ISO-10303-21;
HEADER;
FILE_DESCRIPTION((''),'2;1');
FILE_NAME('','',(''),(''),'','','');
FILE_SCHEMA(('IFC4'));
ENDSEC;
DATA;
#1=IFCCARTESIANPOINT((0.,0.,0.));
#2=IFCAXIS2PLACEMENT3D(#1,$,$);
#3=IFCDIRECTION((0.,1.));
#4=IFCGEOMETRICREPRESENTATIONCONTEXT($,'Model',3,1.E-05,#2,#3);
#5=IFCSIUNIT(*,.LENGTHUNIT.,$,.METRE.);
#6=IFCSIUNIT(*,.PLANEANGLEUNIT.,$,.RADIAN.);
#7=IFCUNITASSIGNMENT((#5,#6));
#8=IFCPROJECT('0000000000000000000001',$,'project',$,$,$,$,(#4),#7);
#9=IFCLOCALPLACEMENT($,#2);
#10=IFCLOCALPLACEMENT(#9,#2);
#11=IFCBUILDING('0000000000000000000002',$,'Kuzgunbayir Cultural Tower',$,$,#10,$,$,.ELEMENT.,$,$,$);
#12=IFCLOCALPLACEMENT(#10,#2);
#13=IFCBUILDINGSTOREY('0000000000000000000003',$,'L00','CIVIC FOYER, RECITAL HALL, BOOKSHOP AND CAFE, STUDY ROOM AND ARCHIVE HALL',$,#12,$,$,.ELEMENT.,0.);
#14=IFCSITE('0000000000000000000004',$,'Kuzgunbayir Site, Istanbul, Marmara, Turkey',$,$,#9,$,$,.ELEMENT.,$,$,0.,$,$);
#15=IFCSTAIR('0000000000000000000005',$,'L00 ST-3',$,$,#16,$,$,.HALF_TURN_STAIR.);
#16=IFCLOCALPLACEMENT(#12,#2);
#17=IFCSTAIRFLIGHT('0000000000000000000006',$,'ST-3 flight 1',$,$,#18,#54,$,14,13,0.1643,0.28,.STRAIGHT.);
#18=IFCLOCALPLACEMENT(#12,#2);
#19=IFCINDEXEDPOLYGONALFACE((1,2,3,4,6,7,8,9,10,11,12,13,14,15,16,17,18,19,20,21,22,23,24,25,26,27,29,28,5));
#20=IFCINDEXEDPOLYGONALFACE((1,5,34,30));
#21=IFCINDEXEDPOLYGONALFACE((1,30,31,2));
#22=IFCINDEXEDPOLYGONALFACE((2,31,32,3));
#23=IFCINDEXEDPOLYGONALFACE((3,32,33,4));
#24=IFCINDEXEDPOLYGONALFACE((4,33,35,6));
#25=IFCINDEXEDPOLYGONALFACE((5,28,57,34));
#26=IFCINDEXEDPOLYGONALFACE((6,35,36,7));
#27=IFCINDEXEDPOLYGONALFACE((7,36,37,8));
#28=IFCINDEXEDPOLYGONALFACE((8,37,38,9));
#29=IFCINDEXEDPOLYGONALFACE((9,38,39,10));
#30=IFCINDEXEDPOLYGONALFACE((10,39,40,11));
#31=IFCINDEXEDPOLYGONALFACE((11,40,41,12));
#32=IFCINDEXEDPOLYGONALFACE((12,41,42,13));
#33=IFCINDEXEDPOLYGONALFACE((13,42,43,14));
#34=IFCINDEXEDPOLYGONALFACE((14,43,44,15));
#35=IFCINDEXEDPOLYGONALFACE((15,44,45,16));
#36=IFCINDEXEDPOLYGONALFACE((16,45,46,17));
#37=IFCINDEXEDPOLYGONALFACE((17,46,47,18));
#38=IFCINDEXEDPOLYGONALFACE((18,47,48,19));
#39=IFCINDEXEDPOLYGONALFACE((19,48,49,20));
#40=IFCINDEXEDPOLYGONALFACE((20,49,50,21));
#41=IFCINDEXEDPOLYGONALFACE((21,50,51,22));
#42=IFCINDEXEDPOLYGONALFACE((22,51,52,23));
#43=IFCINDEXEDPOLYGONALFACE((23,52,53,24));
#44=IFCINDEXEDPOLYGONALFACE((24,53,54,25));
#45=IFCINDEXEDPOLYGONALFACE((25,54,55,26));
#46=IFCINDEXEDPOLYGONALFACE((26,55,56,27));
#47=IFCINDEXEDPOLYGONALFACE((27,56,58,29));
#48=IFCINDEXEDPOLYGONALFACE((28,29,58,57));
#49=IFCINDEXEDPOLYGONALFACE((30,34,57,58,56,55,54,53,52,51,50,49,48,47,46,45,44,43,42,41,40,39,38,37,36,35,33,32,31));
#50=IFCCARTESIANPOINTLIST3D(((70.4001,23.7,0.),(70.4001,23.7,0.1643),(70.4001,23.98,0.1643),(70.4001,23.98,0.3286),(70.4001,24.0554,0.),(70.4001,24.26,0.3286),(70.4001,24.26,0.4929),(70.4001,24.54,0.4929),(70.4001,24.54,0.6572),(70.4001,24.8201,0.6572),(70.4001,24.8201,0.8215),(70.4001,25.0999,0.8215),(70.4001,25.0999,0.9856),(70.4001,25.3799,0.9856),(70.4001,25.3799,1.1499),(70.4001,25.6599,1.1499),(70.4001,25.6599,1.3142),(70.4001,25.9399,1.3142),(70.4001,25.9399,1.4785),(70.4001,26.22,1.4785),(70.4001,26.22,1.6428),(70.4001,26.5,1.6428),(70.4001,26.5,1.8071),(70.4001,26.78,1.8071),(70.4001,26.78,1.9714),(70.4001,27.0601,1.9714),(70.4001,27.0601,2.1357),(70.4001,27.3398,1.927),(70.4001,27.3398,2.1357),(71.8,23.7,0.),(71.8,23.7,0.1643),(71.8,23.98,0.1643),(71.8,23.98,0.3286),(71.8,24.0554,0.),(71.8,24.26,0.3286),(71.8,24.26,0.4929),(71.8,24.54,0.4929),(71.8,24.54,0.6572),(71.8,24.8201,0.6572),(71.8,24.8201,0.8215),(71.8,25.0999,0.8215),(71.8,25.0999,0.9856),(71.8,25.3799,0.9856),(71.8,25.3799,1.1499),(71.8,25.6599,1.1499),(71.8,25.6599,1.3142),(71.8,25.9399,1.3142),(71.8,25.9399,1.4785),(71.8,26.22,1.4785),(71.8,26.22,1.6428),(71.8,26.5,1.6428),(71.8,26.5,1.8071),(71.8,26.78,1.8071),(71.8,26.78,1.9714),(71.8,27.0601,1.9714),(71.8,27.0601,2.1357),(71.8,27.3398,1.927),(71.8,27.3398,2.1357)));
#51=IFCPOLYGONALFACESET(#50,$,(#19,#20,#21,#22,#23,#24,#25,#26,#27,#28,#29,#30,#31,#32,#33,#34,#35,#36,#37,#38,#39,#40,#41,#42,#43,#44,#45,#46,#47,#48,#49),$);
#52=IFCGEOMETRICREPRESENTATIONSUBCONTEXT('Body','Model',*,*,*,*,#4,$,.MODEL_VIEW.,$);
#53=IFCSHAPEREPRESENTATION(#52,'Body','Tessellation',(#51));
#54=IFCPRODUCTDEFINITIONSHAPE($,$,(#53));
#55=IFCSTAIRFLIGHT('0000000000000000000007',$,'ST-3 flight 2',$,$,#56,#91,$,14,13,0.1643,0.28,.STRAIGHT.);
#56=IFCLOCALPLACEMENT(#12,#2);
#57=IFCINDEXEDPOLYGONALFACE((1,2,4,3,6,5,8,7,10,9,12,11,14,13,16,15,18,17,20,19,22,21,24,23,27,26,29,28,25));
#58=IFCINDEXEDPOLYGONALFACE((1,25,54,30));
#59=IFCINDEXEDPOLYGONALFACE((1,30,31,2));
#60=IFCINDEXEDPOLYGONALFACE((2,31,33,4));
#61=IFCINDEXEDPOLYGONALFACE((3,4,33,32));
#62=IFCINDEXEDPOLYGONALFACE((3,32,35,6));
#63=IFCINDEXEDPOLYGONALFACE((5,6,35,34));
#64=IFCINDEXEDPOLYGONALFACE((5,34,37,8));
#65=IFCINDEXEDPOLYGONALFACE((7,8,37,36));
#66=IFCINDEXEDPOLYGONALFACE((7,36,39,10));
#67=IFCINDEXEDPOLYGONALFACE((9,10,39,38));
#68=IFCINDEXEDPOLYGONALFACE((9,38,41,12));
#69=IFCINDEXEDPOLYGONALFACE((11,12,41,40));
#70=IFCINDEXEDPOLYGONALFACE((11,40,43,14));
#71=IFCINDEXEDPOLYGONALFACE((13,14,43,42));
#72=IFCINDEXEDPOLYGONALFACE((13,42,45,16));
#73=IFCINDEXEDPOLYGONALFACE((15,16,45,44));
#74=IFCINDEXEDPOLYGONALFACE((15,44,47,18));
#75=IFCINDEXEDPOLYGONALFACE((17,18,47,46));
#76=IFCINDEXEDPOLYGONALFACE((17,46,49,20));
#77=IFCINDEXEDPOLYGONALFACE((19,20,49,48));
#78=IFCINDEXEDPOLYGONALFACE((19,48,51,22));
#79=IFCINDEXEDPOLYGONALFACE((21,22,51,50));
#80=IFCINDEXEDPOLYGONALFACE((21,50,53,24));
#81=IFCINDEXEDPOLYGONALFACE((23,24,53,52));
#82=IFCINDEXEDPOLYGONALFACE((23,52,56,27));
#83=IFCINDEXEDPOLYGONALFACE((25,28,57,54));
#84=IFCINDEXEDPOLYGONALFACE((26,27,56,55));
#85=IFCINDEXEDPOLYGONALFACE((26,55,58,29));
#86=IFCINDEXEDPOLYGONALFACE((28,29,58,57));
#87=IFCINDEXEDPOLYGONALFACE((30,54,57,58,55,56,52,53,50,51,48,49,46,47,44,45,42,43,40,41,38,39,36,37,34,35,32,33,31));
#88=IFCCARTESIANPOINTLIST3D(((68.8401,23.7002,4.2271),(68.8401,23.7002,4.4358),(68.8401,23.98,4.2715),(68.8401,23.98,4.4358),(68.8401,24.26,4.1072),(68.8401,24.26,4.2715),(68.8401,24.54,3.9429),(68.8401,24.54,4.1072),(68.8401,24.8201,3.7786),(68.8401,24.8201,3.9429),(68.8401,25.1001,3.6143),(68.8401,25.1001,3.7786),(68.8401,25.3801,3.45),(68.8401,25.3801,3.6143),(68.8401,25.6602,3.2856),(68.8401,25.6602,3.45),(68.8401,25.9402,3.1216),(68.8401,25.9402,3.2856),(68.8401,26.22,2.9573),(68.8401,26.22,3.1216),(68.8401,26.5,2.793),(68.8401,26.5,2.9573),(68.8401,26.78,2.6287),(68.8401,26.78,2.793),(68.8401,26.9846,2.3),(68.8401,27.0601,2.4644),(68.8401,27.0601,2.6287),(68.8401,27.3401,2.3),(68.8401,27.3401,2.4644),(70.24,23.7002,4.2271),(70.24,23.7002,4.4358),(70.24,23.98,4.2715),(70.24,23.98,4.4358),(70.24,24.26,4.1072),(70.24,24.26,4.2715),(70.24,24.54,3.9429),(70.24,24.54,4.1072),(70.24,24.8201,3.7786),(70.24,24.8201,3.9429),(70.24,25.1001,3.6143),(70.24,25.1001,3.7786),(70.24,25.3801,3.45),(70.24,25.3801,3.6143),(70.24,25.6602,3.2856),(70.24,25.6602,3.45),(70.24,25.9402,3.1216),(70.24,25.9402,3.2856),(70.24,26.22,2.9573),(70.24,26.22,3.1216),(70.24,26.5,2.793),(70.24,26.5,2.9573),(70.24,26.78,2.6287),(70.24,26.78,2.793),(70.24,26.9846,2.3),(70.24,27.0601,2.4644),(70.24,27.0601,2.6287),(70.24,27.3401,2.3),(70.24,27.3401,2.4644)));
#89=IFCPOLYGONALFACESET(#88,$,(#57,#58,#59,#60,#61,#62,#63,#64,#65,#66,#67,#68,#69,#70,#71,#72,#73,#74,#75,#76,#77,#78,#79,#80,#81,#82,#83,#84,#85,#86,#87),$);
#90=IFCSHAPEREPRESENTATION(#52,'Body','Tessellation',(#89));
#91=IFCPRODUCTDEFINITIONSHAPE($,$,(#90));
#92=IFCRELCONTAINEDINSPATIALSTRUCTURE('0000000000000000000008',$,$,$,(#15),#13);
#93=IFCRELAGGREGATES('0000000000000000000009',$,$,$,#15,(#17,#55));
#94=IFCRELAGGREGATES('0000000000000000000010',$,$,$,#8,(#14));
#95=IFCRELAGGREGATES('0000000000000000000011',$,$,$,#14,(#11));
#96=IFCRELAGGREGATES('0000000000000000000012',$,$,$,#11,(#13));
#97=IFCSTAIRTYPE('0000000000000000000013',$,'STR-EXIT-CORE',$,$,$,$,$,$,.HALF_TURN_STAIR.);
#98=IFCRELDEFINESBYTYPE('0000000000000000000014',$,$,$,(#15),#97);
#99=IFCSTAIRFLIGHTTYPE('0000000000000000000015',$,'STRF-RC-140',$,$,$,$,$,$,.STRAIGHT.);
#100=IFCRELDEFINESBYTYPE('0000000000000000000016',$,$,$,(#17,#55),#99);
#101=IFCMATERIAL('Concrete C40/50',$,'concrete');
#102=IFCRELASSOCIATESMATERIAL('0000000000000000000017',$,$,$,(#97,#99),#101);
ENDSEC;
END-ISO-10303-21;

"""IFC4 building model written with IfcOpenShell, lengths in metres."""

from ifc_helpers import new_model, si_unit, direction, frame, origin, place, context, subcontext, project, spatial, polyline, outline, extrude, material, type_object, element, aggregate, save


model = new_model("IFC4")

# Units and contexts
model_context = context("Model", 3, precision=1e-05, world=origin(), true_north=direction((0.0, 1.0)))
body_context = subcontext(model_context, "Body", "Model", "MODEL_VIEW")
ifc_project = project(units=[si_unit("LENGTHUNIT", "METRE"), si_unit("PLANEANGLEUNIT", "RADIAN")], contexts=[model_context])

# Site, building, storey
site_placement = place(None, origin())
site = spatial("IfcSite", under=ifc_project, at=site_placement, Name="Kuzgunbayir Site, Istanbul, Marmara, Turkey", CompositionType="ELEMENT", RefElevation=0.0)
building_placement = place(site_placement, origin())
building = spatial("IfcBuilding", under=site, at=building_placement, Name="Kuzgunbayir Cultural Tower", CompositionType="ELEMENT")
storey_placement = place(building_placement, origin())
storey = spatial("IfcBuildingStorey", under=building, at=storey_placement, Name="L00", Description="CIVIC FOYER, RECITAL HALL, BOOKSHOP AND CAFE, STUDY ROOM AND ARCHIVE HALL", CompositionType="ELEMENT", Elevation=0.0)

# Shared definitions
ifc_material_1 = material(Name="Concrete C40/50", Category="concrete")

# Stair, stair flights
stair_type = type_object("IfcStairType", Name="STR-EXIT-CORE", PredefinedType="HALF_TURN_STAIR", material=ifc_material_1)
stair_placement = place(storey_placement, origin())
stair = element("IfcStair", 1, at=stair_placement, inside=storey, type_object=stair_type, Name="L00 ST-3", PredefinedType="HALF_TURN_STAIR")
stair_flight_type = type_object("IfcStairFlightType", Name="STRF-RC-140", PredefinedType="STRAIGHT", material=ifc_material_1)
stair_flight_1_placement = place(storey_placement, frame((71.1001, 23.7, 0.0), z_axis=(0.0, 0.0, 1.0), x_axis=(0.0, 1.0, 0.0)))
stair_flight_1 = element("IfcStairFlight", 2, at=stair_flight_1_placement, type_object=stair_flight_type, Name="ST-3 flight 1", NumberOfRisers=14, NumberOfTreads=13, PredefinedType="STRAIGHT", RiserHeight=0.1643, TreadLength=0.28, context=body_context, shape_type="SweptSolid", body=[
    extrude(outline(polyline([(0.0, 0.0), (0.0, 0.1643), (0.28, 0.1643), (0.28, 0.3286), (0.5601, 0.3286), (0.5601, 0.4929), (0.8401, 0.4929), (0.8401, 0.6572), (1.1201, 0.6572), (1.1201, 0.8215), (1.3999, 0.8215), (1.3999, 0.9856), (1.6799, 0.9856), (1.6799, 1.1499), (1.96, 1.1499), (1.96, 1.3142), (2.24, 1.3142), (2.24, 1.4785), (2.52, 1.4785), (2.52, 1.6428), (2.8, 1.6428), (2.8, 1.8071), (3.0801, 1.8071), (3.0801, 1.9714), (3.3601, 1.9714), (3.3601, 2.1357), (3.6399, 2.1357), (3.6399, 2.3), (3.6399, 1.927), (0.3555, 0.0), (0.0, 0.0)])), frame((0.0, 0.7, 0.0), z_axis=(0.0, -1.0, 0.0), x_axis=(1.0, 0.0, 0.0)), (0.0, 0.0, 1.0), 1.3999),
])
stair_flight_2_placement = place(storey_placement, frame((69.54, 27.3401, 2.3), z_axis=(0.0, 0.0, 1.0), x_axis=(0.0, -1.0, 0.0)))
stair_flight_2 = element("IfcStairFlight", 3, at=stair_flight_2_placement, type_object=stair_flight_type, Name="ST-3 flight 2", NumberOfRisers=14, NumberOfTreads=13, PredefinedType="STRAIGHT", RiserHeight=0.1643, TreadLength=0.28, context=body_context, shape_type="SweptSolid", body=[
    extrude(outline(polyline([(0.0, 0.0), (0.0, 0.1643), (0.28, 0.1643), (0.28, 0.3286), (0.5601, 0.3286), (0.5601, 0.4929), (0.8401, 0.4929), (0.8401, 0.6572), (1.1201, 0.6572), (1.1201, 0.8215), (1.3999, 0.8215), (1.3999, 0.9856), (1.6799, 0.9856), (1.6799, 1.1499), (1.96, 1.1499), (1.96, 1.3142), (2.24, 1.3142), (2.24, 1.4785), (2.52, 1.4785), (2.52, 1.6428), (2.8, 1.6428), (2.8, 1.8071), (3.0801, 1.8071), (3.0801, 1.9714), (3.3601, 1.9714), (3.3601, 2.1357), (3.6399, 2.1357), (3.6399, 2.3), (3.6399, 1.927), (0.3555, 0.0), (0.0, 0.0)])), frame((0.0, 0.7, 0.0), z_axis=(0.0, -1.0, 0.0), x_axis=(1.0, 0.0, 0.0)), (0.0, 0.0, 1.0), 1.3999),
])
aggregate(stair, [stair_flight_1, stair_flight_2])

save(model, "model.ifc")
